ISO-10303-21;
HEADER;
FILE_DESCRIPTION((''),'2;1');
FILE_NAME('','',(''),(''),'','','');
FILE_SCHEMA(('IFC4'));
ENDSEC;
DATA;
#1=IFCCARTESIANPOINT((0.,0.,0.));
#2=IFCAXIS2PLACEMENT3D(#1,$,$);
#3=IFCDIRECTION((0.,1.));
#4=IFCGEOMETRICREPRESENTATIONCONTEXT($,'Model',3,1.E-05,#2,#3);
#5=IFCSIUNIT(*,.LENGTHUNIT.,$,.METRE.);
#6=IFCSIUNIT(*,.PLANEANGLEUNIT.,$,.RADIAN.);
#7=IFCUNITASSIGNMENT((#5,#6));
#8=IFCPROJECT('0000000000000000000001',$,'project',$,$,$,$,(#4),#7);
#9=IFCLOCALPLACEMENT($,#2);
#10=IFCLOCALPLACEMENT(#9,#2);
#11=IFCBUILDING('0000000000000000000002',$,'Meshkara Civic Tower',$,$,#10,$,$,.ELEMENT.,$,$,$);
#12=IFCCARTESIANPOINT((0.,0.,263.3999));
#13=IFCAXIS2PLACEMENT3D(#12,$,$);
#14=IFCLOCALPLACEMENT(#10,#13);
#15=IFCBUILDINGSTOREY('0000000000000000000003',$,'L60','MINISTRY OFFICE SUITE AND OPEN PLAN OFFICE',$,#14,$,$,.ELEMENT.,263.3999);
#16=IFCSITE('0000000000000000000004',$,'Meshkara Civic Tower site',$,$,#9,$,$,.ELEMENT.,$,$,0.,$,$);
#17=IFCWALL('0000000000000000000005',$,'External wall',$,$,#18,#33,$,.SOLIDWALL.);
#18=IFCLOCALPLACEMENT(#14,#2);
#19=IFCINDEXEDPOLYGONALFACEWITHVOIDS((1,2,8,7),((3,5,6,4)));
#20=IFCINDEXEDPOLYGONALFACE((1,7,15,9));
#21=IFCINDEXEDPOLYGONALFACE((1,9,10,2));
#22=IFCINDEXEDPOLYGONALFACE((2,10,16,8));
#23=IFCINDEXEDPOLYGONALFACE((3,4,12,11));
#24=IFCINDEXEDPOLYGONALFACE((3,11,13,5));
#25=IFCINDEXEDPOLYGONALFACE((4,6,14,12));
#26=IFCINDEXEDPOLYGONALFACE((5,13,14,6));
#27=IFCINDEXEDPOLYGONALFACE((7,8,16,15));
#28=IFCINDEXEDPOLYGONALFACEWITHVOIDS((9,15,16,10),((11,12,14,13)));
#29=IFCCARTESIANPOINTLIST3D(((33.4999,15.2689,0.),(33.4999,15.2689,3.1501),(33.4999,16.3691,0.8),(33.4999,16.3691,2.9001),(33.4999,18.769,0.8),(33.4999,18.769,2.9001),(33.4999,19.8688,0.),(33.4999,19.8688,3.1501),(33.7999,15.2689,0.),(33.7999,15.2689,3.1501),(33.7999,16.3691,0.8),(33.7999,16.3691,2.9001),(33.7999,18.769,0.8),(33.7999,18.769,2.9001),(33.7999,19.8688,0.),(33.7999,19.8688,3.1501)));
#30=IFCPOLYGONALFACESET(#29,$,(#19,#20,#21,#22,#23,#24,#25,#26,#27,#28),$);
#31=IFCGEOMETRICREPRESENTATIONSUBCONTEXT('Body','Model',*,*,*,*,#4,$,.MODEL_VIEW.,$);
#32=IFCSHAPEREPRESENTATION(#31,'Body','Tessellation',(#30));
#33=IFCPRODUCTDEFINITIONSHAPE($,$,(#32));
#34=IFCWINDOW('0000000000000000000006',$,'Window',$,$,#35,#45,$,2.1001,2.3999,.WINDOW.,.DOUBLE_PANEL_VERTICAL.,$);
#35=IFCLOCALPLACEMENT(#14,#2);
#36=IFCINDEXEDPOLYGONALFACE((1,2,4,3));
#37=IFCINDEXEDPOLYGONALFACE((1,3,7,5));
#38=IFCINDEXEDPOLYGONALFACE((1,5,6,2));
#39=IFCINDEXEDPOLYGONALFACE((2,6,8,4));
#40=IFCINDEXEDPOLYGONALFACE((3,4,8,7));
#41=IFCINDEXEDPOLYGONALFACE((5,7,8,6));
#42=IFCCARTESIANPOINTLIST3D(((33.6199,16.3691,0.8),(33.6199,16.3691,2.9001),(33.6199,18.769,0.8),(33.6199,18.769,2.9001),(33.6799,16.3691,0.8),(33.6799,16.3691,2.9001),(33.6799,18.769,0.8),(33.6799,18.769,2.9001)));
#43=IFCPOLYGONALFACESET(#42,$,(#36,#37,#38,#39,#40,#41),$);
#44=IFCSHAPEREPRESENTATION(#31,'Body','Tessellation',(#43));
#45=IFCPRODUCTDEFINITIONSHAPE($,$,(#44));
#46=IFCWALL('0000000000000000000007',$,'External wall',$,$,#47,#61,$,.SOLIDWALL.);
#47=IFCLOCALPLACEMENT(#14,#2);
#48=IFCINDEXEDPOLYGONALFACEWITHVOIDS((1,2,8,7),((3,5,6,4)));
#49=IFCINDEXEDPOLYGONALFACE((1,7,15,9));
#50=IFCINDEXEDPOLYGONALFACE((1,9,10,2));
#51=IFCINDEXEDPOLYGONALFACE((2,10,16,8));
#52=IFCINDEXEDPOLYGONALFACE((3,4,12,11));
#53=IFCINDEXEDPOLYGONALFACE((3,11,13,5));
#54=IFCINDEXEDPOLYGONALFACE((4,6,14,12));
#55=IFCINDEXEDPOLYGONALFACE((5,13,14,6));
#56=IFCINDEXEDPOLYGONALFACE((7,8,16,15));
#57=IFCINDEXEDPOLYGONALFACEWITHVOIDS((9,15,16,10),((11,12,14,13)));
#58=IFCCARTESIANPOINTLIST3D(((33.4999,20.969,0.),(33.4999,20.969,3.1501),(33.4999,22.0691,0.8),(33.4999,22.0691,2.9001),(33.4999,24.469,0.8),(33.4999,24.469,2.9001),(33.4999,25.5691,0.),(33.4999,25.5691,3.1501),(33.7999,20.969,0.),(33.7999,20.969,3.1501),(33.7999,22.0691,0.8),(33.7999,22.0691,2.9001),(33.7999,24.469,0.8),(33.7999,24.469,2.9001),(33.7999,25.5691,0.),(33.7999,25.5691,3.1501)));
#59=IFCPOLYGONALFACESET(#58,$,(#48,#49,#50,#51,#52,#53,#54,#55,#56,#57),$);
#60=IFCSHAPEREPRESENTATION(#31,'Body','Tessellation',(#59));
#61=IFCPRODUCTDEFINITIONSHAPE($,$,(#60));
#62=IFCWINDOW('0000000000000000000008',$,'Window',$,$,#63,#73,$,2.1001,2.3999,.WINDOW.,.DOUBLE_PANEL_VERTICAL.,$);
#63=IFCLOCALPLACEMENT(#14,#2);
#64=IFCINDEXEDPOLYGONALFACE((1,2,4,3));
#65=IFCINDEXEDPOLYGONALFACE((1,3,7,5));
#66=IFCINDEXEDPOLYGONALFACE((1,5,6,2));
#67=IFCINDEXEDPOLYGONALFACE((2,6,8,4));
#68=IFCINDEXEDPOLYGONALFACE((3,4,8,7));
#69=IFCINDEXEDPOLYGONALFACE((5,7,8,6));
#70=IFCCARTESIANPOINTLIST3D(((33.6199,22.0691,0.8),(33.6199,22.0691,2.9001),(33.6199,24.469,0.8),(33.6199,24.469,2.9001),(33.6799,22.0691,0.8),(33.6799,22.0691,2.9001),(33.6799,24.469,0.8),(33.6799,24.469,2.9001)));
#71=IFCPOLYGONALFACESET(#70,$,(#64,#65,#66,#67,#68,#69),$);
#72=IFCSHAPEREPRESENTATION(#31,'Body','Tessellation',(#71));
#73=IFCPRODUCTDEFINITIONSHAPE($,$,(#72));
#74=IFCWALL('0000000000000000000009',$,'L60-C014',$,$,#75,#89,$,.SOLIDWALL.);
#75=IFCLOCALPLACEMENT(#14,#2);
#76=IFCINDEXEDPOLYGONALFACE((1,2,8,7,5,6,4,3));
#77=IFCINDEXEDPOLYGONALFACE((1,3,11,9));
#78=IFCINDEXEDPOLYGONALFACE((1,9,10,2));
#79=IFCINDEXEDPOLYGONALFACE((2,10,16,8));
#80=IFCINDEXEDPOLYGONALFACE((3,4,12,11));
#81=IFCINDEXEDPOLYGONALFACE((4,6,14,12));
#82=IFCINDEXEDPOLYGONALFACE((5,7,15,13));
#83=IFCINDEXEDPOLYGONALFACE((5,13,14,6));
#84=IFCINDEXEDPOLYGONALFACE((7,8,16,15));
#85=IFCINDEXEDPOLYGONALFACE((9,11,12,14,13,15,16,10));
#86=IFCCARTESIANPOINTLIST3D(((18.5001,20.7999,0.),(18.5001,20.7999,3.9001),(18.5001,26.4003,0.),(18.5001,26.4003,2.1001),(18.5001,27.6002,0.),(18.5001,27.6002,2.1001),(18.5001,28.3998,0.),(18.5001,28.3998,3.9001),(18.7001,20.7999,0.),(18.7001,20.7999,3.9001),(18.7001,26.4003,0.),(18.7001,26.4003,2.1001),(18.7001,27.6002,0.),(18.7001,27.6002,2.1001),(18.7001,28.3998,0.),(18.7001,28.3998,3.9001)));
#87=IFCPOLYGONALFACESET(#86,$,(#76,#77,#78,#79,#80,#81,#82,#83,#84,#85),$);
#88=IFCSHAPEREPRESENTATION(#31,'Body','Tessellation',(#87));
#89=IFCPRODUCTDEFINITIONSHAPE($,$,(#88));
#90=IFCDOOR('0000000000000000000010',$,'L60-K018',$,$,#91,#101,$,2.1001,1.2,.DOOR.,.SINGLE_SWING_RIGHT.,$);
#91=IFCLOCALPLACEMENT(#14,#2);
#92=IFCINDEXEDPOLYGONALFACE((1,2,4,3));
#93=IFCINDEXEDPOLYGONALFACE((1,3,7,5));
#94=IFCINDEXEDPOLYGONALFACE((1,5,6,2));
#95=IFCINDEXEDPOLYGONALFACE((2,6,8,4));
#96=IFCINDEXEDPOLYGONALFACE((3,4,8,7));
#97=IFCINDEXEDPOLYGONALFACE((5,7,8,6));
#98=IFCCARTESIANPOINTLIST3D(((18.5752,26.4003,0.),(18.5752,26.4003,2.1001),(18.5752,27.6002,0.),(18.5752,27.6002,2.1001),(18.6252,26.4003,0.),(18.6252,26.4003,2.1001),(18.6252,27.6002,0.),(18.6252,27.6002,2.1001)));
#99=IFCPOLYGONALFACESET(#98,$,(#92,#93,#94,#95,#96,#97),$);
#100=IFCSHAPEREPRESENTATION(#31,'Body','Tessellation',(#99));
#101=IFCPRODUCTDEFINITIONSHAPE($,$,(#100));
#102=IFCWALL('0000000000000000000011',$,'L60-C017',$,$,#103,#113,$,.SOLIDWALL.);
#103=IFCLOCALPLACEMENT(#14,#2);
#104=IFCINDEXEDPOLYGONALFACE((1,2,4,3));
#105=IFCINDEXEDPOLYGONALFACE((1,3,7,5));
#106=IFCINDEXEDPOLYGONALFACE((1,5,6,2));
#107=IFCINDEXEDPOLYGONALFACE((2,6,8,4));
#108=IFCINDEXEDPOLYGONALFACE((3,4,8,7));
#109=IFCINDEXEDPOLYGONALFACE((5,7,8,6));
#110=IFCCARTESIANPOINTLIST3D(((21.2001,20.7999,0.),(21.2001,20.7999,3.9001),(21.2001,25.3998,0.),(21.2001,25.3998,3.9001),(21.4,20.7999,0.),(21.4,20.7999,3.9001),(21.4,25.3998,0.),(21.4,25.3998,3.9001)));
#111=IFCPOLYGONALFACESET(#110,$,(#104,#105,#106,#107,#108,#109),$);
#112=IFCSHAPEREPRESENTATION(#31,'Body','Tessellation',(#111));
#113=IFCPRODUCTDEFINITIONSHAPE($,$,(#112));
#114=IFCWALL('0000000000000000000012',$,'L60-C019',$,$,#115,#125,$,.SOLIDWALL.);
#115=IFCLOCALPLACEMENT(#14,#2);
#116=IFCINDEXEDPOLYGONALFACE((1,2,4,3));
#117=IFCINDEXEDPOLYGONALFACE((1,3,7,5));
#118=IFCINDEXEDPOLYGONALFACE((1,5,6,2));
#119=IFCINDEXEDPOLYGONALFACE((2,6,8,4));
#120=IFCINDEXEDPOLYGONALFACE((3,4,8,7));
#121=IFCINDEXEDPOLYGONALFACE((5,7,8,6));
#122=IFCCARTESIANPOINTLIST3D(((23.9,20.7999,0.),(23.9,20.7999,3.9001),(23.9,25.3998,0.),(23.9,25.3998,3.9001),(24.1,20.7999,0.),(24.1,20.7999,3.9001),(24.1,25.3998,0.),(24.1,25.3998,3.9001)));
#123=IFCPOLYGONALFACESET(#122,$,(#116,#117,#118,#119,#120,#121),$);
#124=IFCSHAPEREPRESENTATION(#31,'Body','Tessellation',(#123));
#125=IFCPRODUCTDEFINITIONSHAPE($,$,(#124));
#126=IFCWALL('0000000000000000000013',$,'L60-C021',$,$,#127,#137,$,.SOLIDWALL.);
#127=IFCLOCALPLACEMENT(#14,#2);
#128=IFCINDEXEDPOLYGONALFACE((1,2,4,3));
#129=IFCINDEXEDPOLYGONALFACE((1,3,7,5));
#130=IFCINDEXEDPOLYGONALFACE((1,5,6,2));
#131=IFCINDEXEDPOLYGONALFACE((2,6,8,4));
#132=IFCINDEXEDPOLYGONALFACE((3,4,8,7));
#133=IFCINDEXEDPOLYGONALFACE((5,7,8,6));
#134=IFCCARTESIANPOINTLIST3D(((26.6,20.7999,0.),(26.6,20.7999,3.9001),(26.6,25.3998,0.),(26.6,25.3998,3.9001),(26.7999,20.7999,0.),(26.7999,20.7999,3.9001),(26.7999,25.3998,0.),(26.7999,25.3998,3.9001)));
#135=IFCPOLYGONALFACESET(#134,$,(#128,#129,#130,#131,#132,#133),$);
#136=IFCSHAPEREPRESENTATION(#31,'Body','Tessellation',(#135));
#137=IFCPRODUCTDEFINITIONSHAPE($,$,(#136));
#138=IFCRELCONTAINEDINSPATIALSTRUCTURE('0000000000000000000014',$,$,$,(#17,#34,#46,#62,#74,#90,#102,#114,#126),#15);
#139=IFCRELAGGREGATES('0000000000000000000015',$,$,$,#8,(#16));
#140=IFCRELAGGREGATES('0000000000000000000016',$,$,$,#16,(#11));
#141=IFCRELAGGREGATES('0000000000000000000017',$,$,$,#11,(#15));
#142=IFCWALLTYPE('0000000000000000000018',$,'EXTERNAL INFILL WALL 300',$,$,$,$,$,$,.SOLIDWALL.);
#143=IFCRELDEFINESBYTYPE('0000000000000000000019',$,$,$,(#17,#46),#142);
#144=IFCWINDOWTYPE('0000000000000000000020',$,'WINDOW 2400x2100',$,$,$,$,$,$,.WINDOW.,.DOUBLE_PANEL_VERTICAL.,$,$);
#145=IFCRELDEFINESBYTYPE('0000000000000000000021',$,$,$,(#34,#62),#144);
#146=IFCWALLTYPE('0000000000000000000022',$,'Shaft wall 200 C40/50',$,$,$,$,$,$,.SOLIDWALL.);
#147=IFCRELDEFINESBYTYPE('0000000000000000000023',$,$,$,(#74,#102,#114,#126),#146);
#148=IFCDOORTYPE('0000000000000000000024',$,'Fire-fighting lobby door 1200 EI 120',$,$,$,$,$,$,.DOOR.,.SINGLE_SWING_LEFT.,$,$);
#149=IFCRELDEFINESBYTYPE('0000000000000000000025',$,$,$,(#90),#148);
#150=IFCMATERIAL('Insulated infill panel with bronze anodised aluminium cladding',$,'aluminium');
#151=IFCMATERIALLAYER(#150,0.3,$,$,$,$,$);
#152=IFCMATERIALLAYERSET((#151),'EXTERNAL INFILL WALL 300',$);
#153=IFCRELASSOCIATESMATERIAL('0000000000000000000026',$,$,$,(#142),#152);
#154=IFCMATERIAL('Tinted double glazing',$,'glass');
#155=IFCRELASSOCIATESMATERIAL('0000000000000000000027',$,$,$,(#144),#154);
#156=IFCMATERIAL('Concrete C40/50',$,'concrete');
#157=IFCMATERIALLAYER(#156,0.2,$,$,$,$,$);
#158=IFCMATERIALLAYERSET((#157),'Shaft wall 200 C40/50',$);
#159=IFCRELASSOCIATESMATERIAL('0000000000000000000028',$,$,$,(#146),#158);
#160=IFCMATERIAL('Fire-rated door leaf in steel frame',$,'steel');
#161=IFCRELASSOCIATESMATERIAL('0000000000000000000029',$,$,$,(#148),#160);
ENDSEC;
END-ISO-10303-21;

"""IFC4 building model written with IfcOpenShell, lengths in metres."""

from ifc_helpers import new_model, si_unit, direction, frame, frame_2d, origin, place, context, subcontext, project, spatial, rectangle, extrude, material, layer, layer_set, type_object, element, fill, save


model = new_model("IFC4")

# Units and contexts
model_context = context("Model", 3, precision=1e-05, world=origin(), true_north=direction((0.0, 1.0)))
body_context = subcontext(model_context, "Body", "Model", "MODEL_VIEW")
ifc_project = project(units=[si_unit("LENGTHUNIT", "METRE"), si_unit("PLANEANGLEUNIT", "RADIAN")], contexts=[model_context])

# Site, building, storey
site_placement = place(None, origin())
site = spatial("IfcSite", under=ifc_project, at=site_placement, Name="Meshkara Civic Tower site", CompositionType="ELEMENT", RefElevation=0.0)
building_placement = place(site_placement, origin())
building = spatial("IfcBuilding", under=site, at=building_placement, Name="Meshkara Civic Tower", CompositionType="ELEMENT")
storey_placement = place(building_placement, frame((0.0, 0.0, 263.3999)))
storey = spatial("IfcBuildingStorey", under=building, at=storey_placement, Name="L60", Description="MINISTRY OFFICE SUITE AND OPEN PLAN OFFICE", CompositionType="ELEMENT", Elevation=263.3999)

# Walls, openings, windows
ifc_material_1 = material(Name="Insulated infill panel with bronze anodised aluminium cladding", Category="aluminium")
ifc_layer_1 = layer(ifc_material_1, 0.3)
ifc_layer_set_1 = layer_set([ifc_layer_1], Name="EXTERNAL INFILL WALL 300")
wall_type_1 = type_object("IfcWallType", Name="EXTERNAL INFILL WALL 300", PredefinedType="SOLIDWALL", material=ifc_layer_set_1)
ifc_material_2 = material(Name="Tinted double glazing", Category="glass")
window_type = type_object("IfcWindowType", Name="WINDOW 2400x2100", PartitioningType="DOUBLE_PANEL_VERTICAL", PredefinedType="WINDOW", material=ifc_material_2)
wall_1_placement = place(storey_placement, frame((33.6499, 15.269, 0.0), z_axis=(0.0, 0.0, 1.0), x_axis=(0.0, 1.0, 0.0)))
wall_1 = element("IfcWall", 1, at=wall_1_placement, inside=storey, type_object=wall_type_1, Name="External wall", PredefinedType="SOLIDWALL", context=body_context, shape_type="SweptSolid", body=[
    extrude(rectangle(XDim=4.5999, YDim=0.3, at=frame_2d((2.2998, 0.0))), origin(), (0.0, 0.0, 1.0), 3.1501),
])
opening_1_placement = place(wall_1_placement, frame((1.1001, 0.0, 0.8)))
opening_1 = element("IfcOpeningElement", 2, at=opening_1_placement, cuts=wall_1, PredefinedType="OPENING", context=body_context, shape_type="SweptSolid", body=[
    extrude(rectangle(XDim=2.3999, YDim=2.1001, at=frame_2d((1.2, 1.05))), frame((0.0, 0.1599, 0.0), z_axis=(0.0, -1.0, 0.0), x_axis=(1.0, 0.0, 0.0)), (0.0, 0.0, 1.0), 0.3201),
])
window_1_placement = place(opening_1_placement, origin())
window_1 = element("IfcWindow", 3, at=window_1_placement, inside=storey, type_object=window_type, Name="Window", OverallHeight=2.1001, OverallWidth=2.3999, PartitioningType="DOUBLE_PANEL_VERTICAL", PredefinedType="WINDOW", context=body_context, shape_type="SweptSolid", body=[
    extrude(rectangle(XDim=2.3999, YDim=2.1001, at=frame_2d((1.2, 1.05))), frame((0.0, 0.03, 0.0), z_axis=(0.0, -1.0, 0.0), x_axis=(1.0, 0.0, 0.0)), (0.0, 0.0, 1.0), 0.0601),
])
fill(opening_1, window_1)
wall_2_placement = place(storey_placement, frame((33.6499, 20.969, 0.0), z_axis=(0.0, 0.0, 1.0), x_axis=(0.0, 1.0, 0.0)))
wall_2 = element("IfcWall", 4, at=wall_2_placement, inside=storey, type_object=wall_type_1, Name="External wall", PredefinedType="SOLIDWALL", context=body_context, shape_type="SweptSolid", body=[
    extrude(rectangle(XDim=4.6001, YDim=0.3, at=frame_2d((2.3, 0.0))), origin(), (0.0, 0.0, 1.0), 3.1501),
])
opening_2_placement = place(wall_2_placement, frame((1.1001, 0.0, 0.8)))
opening_2 = element("IfcOpeningElement", 5, at=opening_2_placement, cuts=wall_2, PredefinedType="OPENING", context=body_context, shape_type="SweptSolid", body=[
    extrude(rectangle(XDim=2.3999, YDim=2.1001, at=frame_2d((1.2, 1.05))), frame((0.0, 0.1599, 0.0), z_axis=(0.0, -1.0, 0.0), x_axis=(1.0, 0.0, 0.0)), (0.0, 0.0, 1.0), 0.3201),
])
window_2_placement = place(opening_2_placement, origin())
window_2 = element("IfcWindow", 6, at=window_2_placement, inside=storey, type_object=window_type, Name="Window", OverallHeight=2.1001, OverallWidth=2.3999, PartitioningType="DOUBLE_PANEL_VERTICAL", PredefinedType="WINDOW", context=body_context, shape_type="SweptSolid", body=[
    extrude(rectangle(XDim=2.3999, YDim=2.1001, at=frame_2d((1.2, 1.05))), frame((0.0, 0.03, 0.0), z_axis=(0.0, -1.0, 0.0), x_axis=(1.0, 0.0, 0.0)), (0.0, 0.0, 1.0), 0.0601),
])
fill(opening_2, window_2)

# Wall, opening, door
ifc_material_3 = material(Name="Concrete C40/50", Category="concrete")
ifc_layer_2 = layer(ifc_material_3, 0.2)
ifc_layer_set_2 = layer_set([ifc_layer_2], Name="Shaft wall 200 C40/50")
wall_type_2 = type_object("IfcWallType", Name="Shaft wall 200 C40/50", PredefinedType="SOLIDWALL", material=ifc_layer_set_2)
wall_3_placement = place(storey_placement, frame((18.6001, 20.8, 0.0), z_axis=(0.0, 0.0, 1.0), x_axis=(0.0, 1.0, 0.0)))
wall_3 = element("IfcWall", 7, at=wall_3_placement, inside=storey, type_object=wall_type_2, Name="L60-C014", PredefinedType="SOLIDWALL", context=body_context, shape_type="SweptSolid", body=[
    extrude(rectangle(XDim=7.5999, YDim=0.2, at=frame_2d((3.7998, 0.0))), origin(), (0.0, 0.0, 1.0), 3.9001),
])
opening_3_placement = place(wall_3_placement, frame((5.6001, 0.0, 0.0)))
opening_3 = element("IfcOpeningElement", 8, at=opening_3_placement, cuts=wall_3, PredefinedType="OPENING", context=body_context, shape_type="SweptSolid", body=[
    extrude(rectangle(XDim=1.2, YDim=2.1001, at=frame_2d((0.6001, 1.05))), frame((0.0, 0.1099, 0.0), z_axis=(0.0, -1.0, 0.0), x_axis=(1.0, 0.0, 0.0)), (0.0, 0.0, 1.0), 0.22),
])
ifc_material_4 = material(Name="Fire-rated door leaf in steel frame", Category="steel")
door_type = type_object("IfcDoorType", Name="Fire-fighting lobby door 1200 EI 120", OperationType="SINGLE_SWING_LEFT", PredefinedType="DOOR", material=ifc_material_4)
door_placement = place(opening_3_placement, origin())
door = element("IfcDoor", 9, at=door_placement, inside=storey, type_object=door_type, Name="L60-K018", OperationType="SINGLE_SWING_RIGHT", OverallHeight=2.1001, OverallWidth=1.2, PredefinedType="DOOR", context=body_context, shape_type="SweptSolid", body=[
    extrude(rectangle(XDim=1.2, YDim=2.1001, at=frame_2d((0.6001, 1.05))), frame((0.0, 0.0249, 0.0), z_axis=(0.0, -1.0, 0.0), x_axis=(1.0, 0.0, 0.0)), (0.0, 0.0, 1.0), 0.05),
])
fill(opening_3, door)

# Walls
for number, where, z_axis, x_axis, name in (
    (10, (21.3, 20.8, 0.0), (0.0, 0.0, 1.0), (0.0, 1.0, 0.0), "L60-C017"),
    (11, (24.0, 20.8, 0.0), (0.0, 0.0, 1.0), (0.0, 1.0, 0.0), "L60-C019"),
    (12, (26.7, 20.8, 0.0), (0.0, 0.0, 1.0), (0.0, 1.0, 0.0), "L60-C021"),
):
    element("IfcWall", number, at=place(storey_placement, frame(where, z_axis=z_axis, x_axis=x_axis)), inside=storey, type_object=wall_type_2, Name=name, PredefinedType="SOLIDWALL", context=body_context, shape_type="SweptSolid", body=[
        extrude(rectangle(XDim=4.5999, YDim=0.2, at=frame_2d((2.2998, 0.0))), origin(), (0.0, 0.0, 1.0), 3.9001),
    ])

save(model, "model.ifc")
